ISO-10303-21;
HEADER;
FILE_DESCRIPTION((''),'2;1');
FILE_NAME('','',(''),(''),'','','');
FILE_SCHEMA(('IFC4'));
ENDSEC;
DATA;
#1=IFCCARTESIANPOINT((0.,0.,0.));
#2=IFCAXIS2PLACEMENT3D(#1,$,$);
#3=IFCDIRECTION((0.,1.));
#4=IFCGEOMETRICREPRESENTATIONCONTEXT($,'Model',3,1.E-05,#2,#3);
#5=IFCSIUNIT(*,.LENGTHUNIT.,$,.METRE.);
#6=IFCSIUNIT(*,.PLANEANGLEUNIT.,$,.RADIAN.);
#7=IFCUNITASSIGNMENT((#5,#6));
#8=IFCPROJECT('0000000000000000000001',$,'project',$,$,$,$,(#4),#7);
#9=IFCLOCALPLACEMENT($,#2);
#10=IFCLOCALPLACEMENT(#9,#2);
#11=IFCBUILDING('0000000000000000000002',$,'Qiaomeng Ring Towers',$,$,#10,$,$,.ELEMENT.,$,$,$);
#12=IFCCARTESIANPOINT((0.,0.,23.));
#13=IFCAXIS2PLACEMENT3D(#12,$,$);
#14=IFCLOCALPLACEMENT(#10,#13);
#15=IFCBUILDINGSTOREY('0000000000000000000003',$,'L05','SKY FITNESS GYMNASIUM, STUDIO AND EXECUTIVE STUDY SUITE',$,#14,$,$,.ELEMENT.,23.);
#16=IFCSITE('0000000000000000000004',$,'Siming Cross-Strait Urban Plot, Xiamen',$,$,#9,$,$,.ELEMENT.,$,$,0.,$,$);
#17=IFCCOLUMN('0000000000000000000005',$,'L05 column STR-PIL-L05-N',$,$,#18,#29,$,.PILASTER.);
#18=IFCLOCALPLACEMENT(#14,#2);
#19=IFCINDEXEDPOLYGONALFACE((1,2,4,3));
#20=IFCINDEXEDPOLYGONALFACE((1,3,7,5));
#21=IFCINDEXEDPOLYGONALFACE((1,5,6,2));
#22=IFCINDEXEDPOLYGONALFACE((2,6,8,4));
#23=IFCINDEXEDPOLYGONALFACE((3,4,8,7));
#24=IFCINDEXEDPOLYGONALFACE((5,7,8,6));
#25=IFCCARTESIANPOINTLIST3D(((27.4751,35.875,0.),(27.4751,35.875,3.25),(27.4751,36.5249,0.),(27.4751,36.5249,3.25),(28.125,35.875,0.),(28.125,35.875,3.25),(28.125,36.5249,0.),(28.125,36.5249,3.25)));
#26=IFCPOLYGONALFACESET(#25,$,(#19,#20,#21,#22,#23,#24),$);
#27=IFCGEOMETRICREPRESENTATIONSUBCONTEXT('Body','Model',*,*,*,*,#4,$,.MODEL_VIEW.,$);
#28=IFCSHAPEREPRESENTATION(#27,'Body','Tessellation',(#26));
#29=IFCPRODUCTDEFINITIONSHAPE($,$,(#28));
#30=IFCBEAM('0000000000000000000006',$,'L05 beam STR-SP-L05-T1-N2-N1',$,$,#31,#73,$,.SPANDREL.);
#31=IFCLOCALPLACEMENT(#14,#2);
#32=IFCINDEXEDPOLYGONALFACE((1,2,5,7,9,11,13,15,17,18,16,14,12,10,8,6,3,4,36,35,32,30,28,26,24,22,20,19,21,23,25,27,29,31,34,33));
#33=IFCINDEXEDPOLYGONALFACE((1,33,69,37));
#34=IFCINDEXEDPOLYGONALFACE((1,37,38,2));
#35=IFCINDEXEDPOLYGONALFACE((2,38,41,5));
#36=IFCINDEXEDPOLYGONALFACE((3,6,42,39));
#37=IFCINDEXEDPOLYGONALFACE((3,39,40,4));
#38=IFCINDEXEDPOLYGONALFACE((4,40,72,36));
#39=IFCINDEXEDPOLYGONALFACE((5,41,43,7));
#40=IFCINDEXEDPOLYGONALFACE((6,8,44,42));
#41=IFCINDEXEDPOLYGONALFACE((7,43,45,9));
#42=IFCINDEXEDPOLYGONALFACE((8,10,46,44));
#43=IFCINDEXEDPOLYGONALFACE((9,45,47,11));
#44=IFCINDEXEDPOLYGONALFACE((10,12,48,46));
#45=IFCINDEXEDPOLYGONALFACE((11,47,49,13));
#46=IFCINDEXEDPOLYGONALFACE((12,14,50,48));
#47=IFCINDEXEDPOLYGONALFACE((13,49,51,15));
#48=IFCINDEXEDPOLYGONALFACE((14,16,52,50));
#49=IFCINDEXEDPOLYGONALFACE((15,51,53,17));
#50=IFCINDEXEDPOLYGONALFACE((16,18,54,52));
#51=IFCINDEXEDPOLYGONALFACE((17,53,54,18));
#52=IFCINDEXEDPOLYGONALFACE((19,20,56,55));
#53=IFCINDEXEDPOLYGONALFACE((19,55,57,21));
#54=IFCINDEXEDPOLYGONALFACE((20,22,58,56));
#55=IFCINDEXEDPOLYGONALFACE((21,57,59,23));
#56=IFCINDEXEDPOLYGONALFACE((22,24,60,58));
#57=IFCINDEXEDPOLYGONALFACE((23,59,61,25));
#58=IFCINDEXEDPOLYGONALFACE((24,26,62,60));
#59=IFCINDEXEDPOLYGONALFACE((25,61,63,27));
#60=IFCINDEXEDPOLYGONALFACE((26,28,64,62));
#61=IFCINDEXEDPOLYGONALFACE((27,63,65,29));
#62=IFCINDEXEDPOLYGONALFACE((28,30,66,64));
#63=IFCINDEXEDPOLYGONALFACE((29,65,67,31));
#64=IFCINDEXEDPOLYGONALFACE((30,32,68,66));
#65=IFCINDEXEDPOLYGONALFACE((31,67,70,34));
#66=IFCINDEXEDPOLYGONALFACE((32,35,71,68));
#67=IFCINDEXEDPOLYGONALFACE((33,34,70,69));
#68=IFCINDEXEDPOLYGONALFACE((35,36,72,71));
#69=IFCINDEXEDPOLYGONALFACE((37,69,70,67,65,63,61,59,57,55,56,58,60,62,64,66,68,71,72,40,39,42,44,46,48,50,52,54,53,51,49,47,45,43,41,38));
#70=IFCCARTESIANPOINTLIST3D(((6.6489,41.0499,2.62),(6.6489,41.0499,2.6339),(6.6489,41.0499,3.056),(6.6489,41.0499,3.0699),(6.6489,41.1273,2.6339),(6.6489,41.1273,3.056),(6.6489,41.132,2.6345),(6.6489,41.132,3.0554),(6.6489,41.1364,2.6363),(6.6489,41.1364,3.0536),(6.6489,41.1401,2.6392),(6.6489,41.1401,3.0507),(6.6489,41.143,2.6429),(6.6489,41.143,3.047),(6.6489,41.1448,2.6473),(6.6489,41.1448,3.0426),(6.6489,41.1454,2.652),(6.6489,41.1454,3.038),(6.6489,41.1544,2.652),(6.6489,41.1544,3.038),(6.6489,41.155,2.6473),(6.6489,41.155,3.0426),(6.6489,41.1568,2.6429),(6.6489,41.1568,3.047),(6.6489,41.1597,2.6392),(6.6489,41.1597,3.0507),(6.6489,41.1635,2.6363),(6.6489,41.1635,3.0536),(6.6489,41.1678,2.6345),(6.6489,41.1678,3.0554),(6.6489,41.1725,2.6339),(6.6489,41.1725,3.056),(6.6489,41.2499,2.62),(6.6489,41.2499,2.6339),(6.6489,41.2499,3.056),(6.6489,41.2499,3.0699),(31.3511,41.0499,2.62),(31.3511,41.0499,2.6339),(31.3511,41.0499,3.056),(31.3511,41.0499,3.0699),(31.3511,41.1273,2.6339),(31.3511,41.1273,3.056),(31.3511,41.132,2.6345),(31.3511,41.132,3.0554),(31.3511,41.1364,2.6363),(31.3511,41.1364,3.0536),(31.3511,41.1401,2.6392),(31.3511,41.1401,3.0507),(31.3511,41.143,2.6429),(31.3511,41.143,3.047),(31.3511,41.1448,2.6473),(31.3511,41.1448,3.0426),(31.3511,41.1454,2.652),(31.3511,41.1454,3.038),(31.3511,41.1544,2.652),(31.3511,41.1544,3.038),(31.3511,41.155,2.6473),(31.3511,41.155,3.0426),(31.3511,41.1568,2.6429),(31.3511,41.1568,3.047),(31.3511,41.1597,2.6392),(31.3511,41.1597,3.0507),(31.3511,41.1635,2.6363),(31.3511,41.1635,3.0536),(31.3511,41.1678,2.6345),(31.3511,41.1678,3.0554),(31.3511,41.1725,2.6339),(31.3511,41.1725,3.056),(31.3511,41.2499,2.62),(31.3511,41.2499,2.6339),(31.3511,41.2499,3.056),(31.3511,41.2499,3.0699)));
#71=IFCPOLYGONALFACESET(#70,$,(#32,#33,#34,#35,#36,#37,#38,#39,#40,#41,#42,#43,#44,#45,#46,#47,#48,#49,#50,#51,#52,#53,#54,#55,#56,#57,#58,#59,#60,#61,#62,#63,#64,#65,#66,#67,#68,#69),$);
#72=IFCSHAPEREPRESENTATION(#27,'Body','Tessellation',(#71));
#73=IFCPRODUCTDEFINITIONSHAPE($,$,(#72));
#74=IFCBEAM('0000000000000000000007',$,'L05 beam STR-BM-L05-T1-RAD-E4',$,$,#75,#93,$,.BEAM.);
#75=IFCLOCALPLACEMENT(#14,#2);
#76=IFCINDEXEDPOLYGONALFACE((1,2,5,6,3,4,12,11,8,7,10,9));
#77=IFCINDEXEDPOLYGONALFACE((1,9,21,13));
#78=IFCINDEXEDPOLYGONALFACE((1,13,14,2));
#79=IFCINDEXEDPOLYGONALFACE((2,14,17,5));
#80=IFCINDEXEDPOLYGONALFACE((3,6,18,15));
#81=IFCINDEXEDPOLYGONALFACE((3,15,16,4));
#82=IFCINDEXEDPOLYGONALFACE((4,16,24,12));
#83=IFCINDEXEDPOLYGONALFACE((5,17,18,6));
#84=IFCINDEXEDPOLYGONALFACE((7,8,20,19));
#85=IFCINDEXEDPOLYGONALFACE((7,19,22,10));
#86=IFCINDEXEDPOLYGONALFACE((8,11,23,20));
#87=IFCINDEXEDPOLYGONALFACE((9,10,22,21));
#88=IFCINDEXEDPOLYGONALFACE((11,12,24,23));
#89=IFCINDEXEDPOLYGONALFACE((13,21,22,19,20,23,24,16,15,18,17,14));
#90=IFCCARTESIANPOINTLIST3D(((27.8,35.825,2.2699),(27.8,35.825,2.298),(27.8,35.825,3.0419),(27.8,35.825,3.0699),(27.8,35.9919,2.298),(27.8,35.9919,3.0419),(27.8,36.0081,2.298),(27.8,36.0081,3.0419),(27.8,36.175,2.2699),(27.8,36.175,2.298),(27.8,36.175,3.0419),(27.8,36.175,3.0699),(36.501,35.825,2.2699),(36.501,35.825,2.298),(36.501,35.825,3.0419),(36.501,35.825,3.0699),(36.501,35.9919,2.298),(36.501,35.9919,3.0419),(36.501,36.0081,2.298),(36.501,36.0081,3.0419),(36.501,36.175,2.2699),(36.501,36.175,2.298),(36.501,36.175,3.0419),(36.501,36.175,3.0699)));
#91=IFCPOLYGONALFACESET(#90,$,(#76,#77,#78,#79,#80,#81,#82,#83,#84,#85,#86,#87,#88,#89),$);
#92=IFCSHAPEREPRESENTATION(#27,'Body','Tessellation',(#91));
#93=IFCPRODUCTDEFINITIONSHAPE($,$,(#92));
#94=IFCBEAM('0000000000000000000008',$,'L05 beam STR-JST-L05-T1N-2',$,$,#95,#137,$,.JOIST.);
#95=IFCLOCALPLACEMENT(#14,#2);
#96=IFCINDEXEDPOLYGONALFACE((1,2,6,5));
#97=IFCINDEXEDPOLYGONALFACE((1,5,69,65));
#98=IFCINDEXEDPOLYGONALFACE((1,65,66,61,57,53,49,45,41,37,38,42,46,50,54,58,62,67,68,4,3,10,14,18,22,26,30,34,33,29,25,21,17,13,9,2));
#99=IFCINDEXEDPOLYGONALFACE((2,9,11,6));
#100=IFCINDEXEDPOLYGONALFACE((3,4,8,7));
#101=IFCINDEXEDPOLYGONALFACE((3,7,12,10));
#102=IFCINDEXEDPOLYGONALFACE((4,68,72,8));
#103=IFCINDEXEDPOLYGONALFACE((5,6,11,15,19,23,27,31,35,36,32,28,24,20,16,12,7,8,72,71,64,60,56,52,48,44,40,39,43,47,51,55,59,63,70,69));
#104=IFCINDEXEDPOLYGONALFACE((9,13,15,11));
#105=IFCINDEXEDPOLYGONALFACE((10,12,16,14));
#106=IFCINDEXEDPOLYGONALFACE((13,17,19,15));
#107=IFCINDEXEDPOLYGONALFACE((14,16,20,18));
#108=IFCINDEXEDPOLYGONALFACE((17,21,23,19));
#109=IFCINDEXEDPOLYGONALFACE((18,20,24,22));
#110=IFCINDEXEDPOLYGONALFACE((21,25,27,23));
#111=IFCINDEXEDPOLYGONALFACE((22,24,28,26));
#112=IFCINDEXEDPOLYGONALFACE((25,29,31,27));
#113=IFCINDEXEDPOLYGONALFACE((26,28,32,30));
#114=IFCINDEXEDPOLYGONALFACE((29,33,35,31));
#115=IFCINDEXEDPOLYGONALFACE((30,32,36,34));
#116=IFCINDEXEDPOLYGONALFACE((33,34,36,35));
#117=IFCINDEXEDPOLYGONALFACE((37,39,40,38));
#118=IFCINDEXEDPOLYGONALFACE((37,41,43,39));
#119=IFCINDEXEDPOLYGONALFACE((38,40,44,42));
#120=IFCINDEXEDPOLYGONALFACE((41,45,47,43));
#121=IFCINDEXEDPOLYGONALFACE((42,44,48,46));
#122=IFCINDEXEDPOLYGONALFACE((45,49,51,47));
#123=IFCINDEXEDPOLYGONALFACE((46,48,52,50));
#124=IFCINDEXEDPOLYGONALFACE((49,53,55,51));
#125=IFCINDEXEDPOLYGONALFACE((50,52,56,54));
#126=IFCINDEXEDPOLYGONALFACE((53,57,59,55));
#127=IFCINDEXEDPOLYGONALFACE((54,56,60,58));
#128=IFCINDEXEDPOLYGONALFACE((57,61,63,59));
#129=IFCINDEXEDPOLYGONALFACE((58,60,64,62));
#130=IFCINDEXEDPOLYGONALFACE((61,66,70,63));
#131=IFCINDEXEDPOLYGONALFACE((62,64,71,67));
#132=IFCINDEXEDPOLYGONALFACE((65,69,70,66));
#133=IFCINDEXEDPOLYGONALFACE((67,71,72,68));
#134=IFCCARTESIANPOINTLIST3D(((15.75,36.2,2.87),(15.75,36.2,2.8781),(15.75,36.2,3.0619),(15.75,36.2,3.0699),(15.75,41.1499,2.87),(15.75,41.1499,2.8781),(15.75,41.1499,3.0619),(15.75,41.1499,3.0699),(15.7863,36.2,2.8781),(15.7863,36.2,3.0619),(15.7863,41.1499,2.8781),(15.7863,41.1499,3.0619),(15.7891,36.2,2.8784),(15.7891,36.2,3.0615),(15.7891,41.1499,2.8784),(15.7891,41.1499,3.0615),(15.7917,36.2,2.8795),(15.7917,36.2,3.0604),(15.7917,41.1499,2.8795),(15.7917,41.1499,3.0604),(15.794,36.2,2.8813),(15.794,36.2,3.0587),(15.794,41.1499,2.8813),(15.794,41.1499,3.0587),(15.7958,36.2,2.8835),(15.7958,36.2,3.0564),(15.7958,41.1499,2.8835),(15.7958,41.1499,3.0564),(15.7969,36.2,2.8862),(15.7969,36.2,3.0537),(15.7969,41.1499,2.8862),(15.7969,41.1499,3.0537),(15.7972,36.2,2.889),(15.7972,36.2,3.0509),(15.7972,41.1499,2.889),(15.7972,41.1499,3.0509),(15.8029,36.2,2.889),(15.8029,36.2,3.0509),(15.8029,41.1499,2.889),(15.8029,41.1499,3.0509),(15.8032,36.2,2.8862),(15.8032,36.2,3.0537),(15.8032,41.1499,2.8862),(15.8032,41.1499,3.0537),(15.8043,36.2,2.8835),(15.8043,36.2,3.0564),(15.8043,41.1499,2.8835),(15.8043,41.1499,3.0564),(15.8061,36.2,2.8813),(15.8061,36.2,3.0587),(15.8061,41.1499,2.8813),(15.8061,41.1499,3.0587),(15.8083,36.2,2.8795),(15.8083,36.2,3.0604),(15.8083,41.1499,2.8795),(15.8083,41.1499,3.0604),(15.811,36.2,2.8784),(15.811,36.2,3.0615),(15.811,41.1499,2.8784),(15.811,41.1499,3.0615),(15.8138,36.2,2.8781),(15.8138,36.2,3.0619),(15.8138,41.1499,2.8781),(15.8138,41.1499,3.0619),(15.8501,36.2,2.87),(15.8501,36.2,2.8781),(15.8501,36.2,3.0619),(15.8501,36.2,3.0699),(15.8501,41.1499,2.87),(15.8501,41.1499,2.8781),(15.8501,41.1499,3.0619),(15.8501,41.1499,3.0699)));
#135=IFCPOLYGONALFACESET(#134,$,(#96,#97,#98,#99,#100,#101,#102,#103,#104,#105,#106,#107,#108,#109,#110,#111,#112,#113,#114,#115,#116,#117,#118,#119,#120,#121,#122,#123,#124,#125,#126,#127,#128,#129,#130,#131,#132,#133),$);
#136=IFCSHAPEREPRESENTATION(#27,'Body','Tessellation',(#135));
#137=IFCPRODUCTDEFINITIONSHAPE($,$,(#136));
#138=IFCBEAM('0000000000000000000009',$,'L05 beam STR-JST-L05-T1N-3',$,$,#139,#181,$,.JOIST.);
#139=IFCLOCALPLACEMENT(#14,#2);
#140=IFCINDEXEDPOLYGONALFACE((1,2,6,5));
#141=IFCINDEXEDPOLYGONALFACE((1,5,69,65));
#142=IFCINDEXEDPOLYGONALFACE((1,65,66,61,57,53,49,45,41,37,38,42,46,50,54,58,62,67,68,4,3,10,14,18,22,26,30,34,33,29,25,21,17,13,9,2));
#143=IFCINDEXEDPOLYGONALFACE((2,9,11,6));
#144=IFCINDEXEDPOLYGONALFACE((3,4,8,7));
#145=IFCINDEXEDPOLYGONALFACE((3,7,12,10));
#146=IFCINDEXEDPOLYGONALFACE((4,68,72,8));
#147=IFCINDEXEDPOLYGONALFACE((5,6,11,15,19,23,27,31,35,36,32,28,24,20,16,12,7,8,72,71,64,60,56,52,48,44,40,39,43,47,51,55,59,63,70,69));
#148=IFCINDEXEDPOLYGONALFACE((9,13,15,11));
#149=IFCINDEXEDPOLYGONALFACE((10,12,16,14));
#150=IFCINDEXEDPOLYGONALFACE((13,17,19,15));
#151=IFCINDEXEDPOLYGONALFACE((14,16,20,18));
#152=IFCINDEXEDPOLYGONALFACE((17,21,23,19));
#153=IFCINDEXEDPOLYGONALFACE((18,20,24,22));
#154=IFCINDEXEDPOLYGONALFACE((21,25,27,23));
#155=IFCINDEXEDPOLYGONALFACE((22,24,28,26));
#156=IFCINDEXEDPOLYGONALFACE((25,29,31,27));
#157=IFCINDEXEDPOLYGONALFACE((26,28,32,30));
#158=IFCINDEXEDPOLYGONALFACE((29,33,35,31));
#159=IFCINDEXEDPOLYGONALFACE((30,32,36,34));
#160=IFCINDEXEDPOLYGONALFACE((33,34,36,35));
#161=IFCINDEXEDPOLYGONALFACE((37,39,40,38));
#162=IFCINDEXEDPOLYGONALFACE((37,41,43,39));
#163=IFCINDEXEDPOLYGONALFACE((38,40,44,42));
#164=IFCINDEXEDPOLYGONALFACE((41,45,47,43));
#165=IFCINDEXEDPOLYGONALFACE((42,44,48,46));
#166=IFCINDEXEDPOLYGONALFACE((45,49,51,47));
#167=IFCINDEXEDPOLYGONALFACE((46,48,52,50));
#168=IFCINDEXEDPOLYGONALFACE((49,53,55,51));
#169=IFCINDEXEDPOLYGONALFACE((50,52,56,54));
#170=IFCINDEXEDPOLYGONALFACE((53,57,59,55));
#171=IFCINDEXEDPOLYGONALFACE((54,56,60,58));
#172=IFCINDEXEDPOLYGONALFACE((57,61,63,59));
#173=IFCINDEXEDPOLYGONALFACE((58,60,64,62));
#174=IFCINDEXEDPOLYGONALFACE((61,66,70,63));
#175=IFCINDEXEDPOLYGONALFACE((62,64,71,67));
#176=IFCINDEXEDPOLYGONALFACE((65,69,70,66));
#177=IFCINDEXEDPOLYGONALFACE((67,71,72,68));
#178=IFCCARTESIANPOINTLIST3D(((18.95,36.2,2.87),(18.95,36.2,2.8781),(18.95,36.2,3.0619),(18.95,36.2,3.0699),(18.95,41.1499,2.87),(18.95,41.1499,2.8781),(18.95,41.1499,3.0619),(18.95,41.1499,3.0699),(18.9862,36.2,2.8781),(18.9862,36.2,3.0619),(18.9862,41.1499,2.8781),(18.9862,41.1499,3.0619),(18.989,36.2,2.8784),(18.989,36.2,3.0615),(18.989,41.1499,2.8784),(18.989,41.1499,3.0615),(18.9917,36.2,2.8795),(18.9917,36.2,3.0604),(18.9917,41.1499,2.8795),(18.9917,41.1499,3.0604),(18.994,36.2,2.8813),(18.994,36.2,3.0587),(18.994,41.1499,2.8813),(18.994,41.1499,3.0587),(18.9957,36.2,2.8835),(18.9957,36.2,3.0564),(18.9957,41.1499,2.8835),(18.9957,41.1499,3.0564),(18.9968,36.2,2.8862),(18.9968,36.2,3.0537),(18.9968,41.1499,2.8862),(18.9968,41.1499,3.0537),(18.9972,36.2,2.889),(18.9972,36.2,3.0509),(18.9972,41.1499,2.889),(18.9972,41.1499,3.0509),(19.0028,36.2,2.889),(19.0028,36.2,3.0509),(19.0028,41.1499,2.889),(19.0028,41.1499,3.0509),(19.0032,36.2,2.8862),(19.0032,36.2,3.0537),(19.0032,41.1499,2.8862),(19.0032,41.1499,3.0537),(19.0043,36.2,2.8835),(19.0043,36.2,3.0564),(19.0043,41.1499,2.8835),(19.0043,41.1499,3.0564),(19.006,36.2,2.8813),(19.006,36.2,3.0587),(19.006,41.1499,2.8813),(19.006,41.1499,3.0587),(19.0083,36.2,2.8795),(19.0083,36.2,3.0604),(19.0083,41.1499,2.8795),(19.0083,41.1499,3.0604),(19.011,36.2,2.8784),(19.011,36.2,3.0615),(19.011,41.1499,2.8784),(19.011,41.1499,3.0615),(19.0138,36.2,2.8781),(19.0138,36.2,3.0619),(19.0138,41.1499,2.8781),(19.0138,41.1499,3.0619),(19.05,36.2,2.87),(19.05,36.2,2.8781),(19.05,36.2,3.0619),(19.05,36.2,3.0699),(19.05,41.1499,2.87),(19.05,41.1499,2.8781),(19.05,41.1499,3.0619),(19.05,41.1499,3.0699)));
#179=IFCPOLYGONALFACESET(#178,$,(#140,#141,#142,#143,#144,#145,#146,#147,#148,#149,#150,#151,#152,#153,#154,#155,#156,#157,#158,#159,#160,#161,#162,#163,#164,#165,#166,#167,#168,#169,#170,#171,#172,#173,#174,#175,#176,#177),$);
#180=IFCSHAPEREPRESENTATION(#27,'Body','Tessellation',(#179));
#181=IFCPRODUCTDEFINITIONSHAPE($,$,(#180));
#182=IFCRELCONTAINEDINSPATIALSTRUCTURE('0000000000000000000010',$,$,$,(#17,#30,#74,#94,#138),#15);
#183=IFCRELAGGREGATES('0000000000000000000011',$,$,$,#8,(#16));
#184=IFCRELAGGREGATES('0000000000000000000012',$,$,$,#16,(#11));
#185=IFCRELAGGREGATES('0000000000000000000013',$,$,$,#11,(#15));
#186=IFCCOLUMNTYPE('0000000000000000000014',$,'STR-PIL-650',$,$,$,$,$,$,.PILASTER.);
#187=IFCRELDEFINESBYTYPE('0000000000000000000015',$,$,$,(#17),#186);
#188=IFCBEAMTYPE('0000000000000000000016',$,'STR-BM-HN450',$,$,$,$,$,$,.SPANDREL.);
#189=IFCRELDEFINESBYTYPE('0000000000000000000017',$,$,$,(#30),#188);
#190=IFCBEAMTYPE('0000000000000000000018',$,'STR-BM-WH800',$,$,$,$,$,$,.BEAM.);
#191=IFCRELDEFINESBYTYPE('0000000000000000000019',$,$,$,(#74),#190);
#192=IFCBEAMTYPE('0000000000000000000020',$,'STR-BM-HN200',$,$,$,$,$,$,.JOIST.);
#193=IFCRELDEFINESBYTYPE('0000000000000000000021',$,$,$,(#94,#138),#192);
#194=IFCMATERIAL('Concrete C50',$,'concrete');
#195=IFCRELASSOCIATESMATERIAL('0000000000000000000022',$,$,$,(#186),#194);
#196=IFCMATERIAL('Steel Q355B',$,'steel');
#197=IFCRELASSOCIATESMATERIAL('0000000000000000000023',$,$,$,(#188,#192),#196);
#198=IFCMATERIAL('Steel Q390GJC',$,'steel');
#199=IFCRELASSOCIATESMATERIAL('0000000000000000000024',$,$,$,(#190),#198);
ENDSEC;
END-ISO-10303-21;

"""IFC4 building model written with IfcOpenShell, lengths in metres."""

from ifc_helpers import new_model, si_unit, direction, frame, origin, origin_2d, place, context, subcontext, project, spatial, rectangle, i_section, extrude, source, transform, mapped, material, material_profile, profile_set, type_object, element, save


model = new_model("IFC4")

# Units and contexts
model_context = context("Model", 3, precision=1e-05, world=origin(), true_north=direction((0.0, 1.0)))
body_context = subcontext(model_context, "Body", "Model", "MODEL_VIEW")
ifc_project = project(units=[si_unit("LENGTHUNIT", "METRE"), si_unit("PLANEANGLEUNIT", "RADIAN")], contexts=[model_context])

# Site, building, storey
site_placement = place(None, origin())
site = spatial("IfcSite", under=ifc_project, at=site_placement, Name="Siming Cross-Strait Urban Plot, Xiamen", CompositionType="ELEMENT", RefElevation=0.0)
building_placement = place(site_placement, origin())
building = spatial("IfcBuilding", under=site, at=building_placement, Name="Qiaomeng Ring Towers", CompositionType="ELEMENT")
storey_placement = place(building_placement, frame((0.0, 0.0, 23.0)))
storey = spatial("IfcBuildingStorey", under=building, at=storey_placement, Name="L05", Description="SKY FITNESS GYMNASIUM, STUDIO AND EXECUTIVE STUDY SUITE", CompositionType="ELEMENT", Elevation=23.0)

# Column
ifc_material_1 = material(Name="Concrete C50", Category="concrete")
ifc_material_profile_1 = material_profile(ifc_material_1, rectangle(XDim=0.6499, YDim=0.6499, at=origin_2d()), Name="RC COL 650x650")
ifc_profile_set_1 = profile_set([ifc_material_profile_1], Name="Concrete C50")
column_type = type_object("IfcColumnType", Name="STR-PIL-650", PredefinedType="PILASTER", material=ifc_profile_set_1)
shared_shape_1 = source(origin(), body_context, "Body", "SweptSolid", [
    extrude(rectangle(XDim=0.6499, YDim=0.6499, at=origin_2d()), origin(), (0.0, 0.0, 1.0), 3.25),
])
column_placement = place(storey_placement, frame((27.8, 36.2, 0.0), z_axis=(0.0, 0.0, 1.0), x_axis=(1.0, 0.0, 0.0)))
element("IfcColumn", 1, at=column_placement, inside=storey, type_object=column_type, Name="L05 column STR-PIL-L05-N", PredefinedType="PILASTER", context=body_context, shape_type="MappedRepresentation", body=[
    mapped(shared_shape_1, transform((0.0, 0.0, 0.0), x_axis=(1.0, 0.0, 0.0), y_axis=(0.0, 1.0, 0.0), z_axis=(0.0, 0.0, 1.0), scale=1.0)),
])

# Beams
ifc_material_2 = material(Name="Steel Q355B", Category="steel")
ifc_material_profile_2 = material_profile(ifc_material_2, i_section(OverallWidth=0.2, OverallDepth=0.45, WebThickness=0.009, FlangeThickness=0.0139, FilletRadius=0.0181, at=origin_2d()), Name="HN 450x200x9x14")
ifc_profile_set_2 = profile_set([ifc_material_profile_2], Name="Steel Q355B")
beam_type_1 = type_object("IfcBeamType", Name="STR-BM-HN450", PredefinedType="SPANDREL", material=ifc_profile_set_2)
shared_shape_2 = source(origin(), body_context, "Body", "SweptSolid", [
    extrude(i_section(OverallWidth=0.2, OverallDepth=0.45, WebThickness=0.009, FlangeThickness=0.0139, FilletRadius=0.0181, at=origin_2d()), origin(), (0.0, 0.0, 1.0), 24.7021),
])
beam_1_placement = place(storey_placement, frame((31.3511, 41.1499, 2.845), z_axis=(-1.0, 0.0, 0.0), x_axis=(0.0, -1.0, 0.0)))
element("IfcBeam", 2, at=beam_1_placement, inside=storey, type_object=beam_type_1, Name="L05 beam STR-SP-L05-T1-N2-N1", PredefinedType="SPANDREL", context=body_context, shape_type="MappedRepresentation", body=[
    mapped(shared_shape_2, transform((0.0, 0.0, 0.0), x_axis=(1.0, 0.0, 0.0), y_axis=(0.0, 1.0, 0.0), z_axis=(0.0, 0.0, 1.0), scale=1.0)),
])
ifc_material_3 = material(Name="Steel Q390GJC", Category="steel")
ifc_material_profile_3 = material_profile(ifc_material_3, i_section(OverallWidth=0.3501, OverallDepth=0.8, WebThickness=0.0161, FlangeThickness=0.0281, at=origin_2d()), Name="WH 800x350x16x28")
ifc_profile_set_3 = profile_set([ifc_material_profile_3], Name="Steel Q390GJC")
beam_type_2 = type_object("IfcBeamType", Name="STR-BM-WH800", PredefinedType="BEAM", material=ifc_profile_set_3)
shared_shape_3 = source(origin(), body_context, "Body", "SweptSolid", [
    extrude(i_section(OverallWidth=0.3501, OverallDepth=0.8, WebThickness=0.0161, FlangeThickness=0.0281, at=origin_2d()), origin(), (0.0, 0.0, 1.0), 8.7009),
])
beam_2_placement = place(storey_placement, frame((27.8, 36.0, 2.6699), z_axis=(1.0, 0.0, 0.0), x_axis=(0.0, 1.0, 0.0)))
element("IfcBeam", 3, at=beam_2_placement, inside=storey, type_object=beam_type_2, Name="L05 beam STR-BM-L05-T1-RAD-E4", PredefinedType="BEAM", context=body_context, shape_type="MappedRepresentation", body=[
    mapped(shared_shape_3, transform((0.0, 0.0, 0.0), x_axis=(1.0, 0.0, 0.0), y_axis=(0.0, 1.0, 0.0), z_axis=(0.0, 0.0, 1.0), scale=1.0)),
])
ifc_material_profile_4 = material_profile(ifc_material_2, i_section(OverallWidth=0.1001, OverallDepth=0.2, WebThickness=0.0056, FlangeThickness=0.0081, FilletRadius=0.011, at=origin_2d()), Name="HN 200x100x5.5x8")
ifc_profile_set_4 = profile_set([ifc_material_profile_4], Name="Steel Q355B")
beam_type_3 = type_object("IfcBeamType", Name="STR-BM-HN200", PredefinedType="JOIST", material=ifc_profile_set_4)
shared_shape_4 = source(origin(), body_context, "Body", "SweptSolid", [
    extrude(i_section(OverallWidth=0.1001, OverallDepth=0.2, WebThickness=0.0056, FlangeThickness=0.0081, FilletRadius=0.011, at=origin_2d()), origin(), (0.0, 0.0, 1.0), 4.95),
])
for number, where, z_axis, x_axis, name in (
    (4, (15.8, 36.2, 2.97), (0.0, 1.0, 0.0), (-1.0, 0.0, 0.0), "L05 beam STR-JST-L05-T1N-2"),
    (5, (19.0, 36.2, 2.97), (0.0, 1.0, 0.0), (-1.0, 0.0, 0.0), "L05 beam STR-JST-L05-T1N-3"),
):
    element("IfcBeam", number, at=place(storey_placement, frame(where, z_axis=z_axis, x_axis=x_axis)), inside=storey, type_object=beam_type_3, Name=name, PredefinedType="JOIST", context=body_context, shape_type="MappedRepresentation", body=[
        mapped(shared_shape_4, transform((0.0, 0.0, 0.0), x_axis=(1.0, 0.0, 0.0), y_axis=(0.0, 1.0, 0.0), z_axis=(0.0, 0.0, 1.0), scale=1.0)),
    ])

save(model, "model.ifc")
